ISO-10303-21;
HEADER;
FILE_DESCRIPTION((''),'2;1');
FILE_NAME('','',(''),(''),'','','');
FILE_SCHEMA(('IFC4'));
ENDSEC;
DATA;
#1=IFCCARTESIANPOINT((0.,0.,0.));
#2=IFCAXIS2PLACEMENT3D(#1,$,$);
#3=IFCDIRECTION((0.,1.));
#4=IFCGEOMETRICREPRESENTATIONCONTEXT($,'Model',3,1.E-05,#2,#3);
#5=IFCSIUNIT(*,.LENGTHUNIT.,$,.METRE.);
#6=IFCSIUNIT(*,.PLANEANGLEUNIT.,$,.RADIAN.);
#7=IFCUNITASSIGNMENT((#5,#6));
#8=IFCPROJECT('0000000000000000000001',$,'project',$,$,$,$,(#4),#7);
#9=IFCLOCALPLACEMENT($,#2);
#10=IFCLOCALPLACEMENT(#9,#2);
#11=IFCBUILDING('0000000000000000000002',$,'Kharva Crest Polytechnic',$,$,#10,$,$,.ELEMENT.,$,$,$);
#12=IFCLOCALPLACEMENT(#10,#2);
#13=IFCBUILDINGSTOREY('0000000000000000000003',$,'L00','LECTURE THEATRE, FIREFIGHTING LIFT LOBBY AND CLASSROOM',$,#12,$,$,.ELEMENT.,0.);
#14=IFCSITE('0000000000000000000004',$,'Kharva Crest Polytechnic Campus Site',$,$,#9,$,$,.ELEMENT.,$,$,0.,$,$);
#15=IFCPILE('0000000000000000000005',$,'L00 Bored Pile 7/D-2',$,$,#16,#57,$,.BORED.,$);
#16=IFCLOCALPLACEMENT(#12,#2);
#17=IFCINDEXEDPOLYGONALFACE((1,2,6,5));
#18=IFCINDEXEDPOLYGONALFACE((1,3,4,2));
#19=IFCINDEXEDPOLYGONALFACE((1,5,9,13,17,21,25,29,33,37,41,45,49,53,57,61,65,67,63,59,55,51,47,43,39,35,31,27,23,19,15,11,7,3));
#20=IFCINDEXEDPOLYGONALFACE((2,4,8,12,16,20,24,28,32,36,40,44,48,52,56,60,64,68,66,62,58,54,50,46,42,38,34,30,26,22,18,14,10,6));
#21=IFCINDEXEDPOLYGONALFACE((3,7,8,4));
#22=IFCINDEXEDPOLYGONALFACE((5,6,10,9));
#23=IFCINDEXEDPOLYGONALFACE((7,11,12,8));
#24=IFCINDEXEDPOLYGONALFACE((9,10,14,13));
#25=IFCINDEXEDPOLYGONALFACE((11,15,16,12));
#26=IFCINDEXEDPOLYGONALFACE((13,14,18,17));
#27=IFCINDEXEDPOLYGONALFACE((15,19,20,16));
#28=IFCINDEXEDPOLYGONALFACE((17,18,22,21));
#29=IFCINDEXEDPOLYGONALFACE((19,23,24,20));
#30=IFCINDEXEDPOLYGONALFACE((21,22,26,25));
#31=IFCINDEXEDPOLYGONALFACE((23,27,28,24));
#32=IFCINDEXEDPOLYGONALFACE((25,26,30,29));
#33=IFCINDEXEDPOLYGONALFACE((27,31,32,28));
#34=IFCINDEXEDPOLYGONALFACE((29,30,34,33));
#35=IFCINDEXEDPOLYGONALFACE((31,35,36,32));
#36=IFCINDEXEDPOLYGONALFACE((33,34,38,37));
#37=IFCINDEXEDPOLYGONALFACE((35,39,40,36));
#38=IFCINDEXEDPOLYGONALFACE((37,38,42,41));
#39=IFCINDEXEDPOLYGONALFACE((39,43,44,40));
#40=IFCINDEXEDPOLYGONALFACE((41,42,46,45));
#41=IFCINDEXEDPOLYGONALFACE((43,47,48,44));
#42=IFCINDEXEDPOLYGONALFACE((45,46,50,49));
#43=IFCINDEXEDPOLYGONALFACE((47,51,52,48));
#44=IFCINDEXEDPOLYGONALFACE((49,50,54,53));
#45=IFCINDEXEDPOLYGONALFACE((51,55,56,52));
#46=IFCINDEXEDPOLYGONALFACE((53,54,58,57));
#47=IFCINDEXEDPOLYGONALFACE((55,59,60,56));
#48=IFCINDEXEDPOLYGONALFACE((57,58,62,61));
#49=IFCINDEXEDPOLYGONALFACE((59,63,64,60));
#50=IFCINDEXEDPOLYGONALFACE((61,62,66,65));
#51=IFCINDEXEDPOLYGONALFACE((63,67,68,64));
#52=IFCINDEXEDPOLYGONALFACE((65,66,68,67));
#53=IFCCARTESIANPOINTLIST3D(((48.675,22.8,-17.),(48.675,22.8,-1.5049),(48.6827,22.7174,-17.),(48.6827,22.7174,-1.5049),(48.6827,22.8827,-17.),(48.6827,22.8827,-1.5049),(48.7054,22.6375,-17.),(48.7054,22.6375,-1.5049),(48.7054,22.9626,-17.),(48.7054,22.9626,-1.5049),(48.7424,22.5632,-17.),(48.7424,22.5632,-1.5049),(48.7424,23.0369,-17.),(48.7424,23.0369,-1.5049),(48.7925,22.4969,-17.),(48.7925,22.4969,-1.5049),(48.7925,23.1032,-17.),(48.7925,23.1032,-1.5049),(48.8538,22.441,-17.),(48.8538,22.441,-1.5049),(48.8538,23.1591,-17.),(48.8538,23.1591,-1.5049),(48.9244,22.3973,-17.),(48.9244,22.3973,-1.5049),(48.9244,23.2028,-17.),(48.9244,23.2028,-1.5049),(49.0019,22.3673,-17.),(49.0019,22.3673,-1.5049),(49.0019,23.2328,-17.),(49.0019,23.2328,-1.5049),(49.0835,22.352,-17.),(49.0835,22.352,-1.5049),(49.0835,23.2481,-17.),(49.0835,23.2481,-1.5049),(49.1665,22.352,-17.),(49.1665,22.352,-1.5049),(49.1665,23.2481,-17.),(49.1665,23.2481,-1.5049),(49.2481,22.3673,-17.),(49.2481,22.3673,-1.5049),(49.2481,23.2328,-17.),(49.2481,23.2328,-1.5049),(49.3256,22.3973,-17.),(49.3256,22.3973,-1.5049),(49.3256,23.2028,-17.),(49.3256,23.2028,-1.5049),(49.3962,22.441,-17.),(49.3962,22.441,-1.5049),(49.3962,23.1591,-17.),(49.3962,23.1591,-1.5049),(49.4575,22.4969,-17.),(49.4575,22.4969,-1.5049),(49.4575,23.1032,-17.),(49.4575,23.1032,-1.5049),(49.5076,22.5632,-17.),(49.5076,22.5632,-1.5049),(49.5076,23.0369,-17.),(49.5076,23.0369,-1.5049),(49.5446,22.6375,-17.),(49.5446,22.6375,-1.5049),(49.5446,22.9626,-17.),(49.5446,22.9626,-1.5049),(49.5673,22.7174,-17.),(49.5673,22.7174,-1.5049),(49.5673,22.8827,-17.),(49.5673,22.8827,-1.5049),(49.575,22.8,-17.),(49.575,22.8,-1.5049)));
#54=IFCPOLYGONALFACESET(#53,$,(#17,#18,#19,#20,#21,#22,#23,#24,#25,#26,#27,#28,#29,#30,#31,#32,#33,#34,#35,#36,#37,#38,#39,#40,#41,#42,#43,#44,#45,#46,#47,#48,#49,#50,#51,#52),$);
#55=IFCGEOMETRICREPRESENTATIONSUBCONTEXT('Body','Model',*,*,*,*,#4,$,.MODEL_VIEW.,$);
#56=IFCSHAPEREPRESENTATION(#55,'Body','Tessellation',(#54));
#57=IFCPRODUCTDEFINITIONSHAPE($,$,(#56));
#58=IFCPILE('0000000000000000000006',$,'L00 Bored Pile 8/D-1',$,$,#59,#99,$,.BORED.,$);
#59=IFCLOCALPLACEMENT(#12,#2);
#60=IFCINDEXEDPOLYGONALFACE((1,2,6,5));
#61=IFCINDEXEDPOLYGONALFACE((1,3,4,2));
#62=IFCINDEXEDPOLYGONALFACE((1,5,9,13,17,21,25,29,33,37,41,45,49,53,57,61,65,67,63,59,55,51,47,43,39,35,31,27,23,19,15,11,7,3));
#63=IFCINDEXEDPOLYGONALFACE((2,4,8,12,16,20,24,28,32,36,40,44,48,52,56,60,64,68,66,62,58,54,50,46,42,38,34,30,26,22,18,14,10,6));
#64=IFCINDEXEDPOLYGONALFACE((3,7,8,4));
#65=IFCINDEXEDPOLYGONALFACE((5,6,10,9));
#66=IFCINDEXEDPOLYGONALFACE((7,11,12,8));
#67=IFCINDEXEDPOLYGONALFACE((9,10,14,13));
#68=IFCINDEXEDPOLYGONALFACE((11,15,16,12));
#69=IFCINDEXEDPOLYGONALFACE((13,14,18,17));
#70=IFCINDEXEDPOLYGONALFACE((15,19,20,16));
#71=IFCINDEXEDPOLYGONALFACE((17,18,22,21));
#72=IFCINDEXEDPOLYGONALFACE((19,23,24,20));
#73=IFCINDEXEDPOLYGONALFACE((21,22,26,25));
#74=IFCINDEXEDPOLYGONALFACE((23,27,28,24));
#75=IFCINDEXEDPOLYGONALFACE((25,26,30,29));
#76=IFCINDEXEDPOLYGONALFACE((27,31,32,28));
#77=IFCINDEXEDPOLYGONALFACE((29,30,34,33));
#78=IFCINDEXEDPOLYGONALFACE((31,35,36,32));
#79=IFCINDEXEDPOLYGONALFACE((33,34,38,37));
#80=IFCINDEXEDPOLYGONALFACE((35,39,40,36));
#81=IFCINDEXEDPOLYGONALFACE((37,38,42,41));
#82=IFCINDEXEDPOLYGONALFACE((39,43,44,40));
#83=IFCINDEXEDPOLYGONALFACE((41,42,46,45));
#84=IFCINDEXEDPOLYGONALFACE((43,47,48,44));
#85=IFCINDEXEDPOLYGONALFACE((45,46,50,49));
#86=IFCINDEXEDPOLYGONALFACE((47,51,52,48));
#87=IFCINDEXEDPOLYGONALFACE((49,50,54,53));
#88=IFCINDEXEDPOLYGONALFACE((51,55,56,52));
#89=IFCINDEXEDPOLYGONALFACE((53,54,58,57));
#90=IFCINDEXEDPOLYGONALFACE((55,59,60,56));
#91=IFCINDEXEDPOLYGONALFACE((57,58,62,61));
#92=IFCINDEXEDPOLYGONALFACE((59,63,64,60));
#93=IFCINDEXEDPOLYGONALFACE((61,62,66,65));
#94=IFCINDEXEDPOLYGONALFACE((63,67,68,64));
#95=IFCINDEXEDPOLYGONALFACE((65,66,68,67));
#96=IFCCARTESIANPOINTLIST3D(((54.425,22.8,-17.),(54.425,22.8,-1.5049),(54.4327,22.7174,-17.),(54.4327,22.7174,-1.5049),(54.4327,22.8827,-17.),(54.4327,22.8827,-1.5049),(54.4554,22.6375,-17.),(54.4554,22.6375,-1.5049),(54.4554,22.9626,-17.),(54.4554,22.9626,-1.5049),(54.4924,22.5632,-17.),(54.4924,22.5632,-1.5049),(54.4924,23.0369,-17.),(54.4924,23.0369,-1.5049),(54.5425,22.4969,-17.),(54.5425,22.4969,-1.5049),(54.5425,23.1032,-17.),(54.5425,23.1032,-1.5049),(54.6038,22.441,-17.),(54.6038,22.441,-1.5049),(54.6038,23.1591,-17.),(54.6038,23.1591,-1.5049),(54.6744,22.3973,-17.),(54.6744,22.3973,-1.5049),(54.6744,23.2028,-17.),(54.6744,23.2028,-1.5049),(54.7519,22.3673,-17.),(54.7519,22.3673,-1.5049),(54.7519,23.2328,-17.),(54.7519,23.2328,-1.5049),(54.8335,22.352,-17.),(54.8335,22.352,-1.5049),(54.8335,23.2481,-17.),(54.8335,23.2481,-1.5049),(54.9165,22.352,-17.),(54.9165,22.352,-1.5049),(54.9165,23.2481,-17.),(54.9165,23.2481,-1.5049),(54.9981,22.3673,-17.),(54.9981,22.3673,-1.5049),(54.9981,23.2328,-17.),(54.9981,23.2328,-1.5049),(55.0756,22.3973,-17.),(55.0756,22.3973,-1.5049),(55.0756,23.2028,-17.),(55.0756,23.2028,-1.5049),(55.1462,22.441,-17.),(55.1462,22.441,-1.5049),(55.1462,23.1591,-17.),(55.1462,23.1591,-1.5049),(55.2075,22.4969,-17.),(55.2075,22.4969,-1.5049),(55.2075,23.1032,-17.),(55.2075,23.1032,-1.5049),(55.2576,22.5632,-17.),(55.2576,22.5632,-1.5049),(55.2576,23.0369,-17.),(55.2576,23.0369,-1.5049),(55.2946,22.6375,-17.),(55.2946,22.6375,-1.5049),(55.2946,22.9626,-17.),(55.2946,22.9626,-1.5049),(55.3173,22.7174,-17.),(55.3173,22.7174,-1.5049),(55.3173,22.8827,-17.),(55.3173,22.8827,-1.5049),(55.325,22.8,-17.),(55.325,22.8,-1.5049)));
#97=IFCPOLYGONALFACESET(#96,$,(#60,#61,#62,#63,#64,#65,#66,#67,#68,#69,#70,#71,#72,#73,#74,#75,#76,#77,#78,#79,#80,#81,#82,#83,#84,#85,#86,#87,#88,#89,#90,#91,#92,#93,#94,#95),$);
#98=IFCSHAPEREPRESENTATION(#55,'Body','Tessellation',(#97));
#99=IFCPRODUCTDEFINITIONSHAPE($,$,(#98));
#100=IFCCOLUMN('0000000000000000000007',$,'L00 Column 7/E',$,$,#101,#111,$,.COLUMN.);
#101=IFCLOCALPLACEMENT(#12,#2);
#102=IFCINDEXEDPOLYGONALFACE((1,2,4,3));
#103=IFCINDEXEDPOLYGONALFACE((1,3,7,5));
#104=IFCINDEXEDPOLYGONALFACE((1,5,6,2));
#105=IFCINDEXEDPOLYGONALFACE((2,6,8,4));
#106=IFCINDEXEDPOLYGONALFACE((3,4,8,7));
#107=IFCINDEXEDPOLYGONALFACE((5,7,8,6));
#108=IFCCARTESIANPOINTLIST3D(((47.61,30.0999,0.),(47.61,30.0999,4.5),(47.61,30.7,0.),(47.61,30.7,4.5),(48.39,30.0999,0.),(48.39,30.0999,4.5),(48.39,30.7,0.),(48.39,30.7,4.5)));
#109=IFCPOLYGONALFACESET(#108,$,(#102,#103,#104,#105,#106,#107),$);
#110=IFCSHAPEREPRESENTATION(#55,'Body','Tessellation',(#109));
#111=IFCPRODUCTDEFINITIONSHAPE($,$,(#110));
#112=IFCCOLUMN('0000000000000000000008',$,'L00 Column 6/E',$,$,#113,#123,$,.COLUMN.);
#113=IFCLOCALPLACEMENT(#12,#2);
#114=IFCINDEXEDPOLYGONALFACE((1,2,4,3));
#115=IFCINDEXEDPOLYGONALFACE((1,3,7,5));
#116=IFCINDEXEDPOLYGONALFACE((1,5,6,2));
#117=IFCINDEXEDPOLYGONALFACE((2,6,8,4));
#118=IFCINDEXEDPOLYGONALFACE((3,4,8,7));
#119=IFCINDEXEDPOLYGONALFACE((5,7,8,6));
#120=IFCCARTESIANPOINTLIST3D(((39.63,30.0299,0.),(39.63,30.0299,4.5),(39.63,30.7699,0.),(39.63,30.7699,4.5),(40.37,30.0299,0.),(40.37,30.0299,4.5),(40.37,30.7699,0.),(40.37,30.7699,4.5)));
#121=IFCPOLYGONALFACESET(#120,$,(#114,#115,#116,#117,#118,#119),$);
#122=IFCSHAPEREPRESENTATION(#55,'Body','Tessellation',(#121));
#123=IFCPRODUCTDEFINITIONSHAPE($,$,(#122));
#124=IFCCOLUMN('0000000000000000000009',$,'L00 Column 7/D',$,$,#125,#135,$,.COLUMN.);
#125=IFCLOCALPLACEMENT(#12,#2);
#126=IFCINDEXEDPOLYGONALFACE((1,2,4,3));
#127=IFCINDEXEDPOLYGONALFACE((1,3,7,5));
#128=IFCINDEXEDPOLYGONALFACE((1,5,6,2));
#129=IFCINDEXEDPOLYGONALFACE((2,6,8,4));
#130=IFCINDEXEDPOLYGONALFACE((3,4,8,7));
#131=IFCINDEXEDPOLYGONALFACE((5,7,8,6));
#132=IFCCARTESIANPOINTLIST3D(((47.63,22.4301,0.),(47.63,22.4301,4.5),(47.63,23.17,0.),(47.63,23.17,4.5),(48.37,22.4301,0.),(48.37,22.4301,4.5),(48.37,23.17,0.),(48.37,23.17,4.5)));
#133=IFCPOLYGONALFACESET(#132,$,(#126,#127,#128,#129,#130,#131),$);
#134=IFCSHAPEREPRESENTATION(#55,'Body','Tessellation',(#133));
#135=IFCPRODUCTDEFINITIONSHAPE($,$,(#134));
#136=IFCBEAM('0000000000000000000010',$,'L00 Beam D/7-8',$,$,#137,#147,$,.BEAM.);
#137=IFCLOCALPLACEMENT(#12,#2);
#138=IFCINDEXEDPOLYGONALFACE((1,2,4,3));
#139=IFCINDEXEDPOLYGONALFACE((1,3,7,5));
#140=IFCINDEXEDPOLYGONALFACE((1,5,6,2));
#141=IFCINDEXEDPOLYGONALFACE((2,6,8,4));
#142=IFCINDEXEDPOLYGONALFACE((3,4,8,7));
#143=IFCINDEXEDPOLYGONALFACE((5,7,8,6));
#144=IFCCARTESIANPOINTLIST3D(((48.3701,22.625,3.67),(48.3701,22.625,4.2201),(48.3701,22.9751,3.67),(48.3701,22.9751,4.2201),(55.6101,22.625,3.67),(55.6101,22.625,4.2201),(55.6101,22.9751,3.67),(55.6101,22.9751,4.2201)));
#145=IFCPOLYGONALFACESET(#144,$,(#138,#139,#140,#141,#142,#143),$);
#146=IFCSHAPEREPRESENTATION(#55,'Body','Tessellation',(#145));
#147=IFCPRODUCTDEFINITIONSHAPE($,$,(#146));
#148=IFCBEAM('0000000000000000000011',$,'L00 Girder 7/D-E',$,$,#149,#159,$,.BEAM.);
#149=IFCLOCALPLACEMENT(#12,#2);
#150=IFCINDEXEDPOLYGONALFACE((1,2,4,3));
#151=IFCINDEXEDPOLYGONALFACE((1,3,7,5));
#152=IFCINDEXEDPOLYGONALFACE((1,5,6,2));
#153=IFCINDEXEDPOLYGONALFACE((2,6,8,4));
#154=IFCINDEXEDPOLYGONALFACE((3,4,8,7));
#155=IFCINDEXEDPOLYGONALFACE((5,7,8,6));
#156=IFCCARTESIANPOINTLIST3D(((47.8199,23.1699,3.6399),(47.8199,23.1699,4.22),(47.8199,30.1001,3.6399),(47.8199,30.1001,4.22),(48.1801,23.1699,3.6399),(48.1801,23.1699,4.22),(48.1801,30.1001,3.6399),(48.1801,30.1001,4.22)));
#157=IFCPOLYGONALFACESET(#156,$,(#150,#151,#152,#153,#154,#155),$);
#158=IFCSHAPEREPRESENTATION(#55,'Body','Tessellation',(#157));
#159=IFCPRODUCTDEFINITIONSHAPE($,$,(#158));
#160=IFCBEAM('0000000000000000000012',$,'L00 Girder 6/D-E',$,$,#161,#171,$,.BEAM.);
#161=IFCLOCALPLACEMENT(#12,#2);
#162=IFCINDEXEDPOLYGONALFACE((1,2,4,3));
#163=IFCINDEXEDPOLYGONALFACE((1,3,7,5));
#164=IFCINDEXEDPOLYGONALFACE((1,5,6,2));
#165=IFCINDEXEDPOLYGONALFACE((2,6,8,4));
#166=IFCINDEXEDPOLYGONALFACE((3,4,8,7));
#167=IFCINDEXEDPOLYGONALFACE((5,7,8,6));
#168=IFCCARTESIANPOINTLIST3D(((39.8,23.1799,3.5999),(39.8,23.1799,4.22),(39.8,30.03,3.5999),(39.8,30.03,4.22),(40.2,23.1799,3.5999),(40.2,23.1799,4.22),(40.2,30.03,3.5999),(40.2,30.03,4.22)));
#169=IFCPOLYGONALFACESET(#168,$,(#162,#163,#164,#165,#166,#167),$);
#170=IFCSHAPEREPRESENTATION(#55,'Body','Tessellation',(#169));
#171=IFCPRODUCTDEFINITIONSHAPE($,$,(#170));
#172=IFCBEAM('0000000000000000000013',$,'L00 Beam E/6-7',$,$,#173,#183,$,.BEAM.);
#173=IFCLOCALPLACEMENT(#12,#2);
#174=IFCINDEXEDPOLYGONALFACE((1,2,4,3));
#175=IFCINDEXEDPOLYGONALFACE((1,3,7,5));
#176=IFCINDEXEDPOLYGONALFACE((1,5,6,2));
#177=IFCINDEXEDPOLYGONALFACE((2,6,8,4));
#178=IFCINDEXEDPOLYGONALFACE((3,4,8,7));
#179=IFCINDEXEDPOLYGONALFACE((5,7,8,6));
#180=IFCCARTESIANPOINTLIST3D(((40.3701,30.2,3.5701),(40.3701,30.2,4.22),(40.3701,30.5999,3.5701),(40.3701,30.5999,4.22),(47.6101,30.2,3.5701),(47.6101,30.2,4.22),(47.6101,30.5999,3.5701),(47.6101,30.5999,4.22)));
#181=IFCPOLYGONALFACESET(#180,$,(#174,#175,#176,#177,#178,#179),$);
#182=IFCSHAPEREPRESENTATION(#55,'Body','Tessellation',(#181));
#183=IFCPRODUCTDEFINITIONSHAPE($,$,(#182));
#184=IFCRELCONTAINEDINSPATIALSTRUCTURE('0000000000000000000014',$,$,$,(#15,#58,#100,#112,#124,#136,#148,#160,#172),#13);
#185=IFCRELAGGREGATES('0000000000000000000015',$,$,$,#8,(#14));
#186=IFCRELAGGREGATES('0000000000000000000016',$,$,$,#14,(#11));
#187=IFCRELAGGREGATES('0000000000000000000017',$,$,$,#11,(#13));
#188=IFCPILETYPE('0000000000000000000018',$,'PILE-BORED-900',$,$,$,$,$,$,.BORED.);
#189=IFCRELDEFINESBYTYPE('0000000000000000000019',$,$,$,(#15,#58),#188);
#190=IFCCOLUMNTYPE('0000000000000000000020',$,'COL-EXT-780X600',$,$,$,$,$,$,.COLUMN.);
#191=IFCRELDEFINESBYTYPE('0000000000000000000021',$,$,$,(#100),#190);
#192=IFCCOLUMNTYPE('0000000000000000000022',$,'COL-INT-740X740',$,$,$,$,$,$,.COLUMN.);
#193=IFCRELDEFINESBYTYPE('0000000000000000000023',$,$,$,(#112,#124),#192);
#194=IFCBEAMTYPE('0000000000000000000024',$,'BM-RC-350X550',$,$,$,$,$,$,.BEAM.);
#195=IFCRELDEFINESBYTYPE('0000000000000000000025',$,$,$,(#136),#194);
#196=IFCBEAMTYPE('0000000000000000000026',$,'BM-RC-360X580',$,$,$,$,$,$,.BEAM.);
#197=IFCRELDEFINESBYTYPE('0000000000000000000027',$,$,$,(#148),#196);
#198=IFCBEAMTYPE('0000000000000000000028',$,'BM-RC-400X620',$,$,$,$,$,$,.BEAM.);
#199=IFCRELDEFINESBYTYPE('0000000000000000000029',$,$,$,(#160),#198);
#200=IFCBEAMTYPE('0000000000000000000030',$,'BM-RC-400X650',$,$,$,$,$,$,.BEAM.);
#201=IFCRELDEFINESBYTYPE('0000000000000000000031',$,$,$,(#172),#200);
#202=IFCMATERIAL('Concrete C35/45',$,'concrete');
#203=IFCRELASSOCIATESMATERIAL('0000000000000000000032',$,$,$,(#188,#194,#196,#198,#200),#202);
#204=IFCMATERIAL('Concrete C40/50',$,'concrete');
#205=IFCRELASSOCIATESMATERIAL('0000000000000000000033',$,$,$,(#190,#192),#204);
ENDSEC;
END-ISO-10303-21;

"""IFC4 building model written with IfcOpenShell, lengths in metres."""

from ifc_helpers import new_model, si_unit, direction, frame, origin, origin_2d, place, context, subcontext, project, spatial, rectangle, circle, extrude, material, material_profile, profile_set, type_object, element, save


model = new_model("IFC4")

# Units and contexts
model_context = context("Model", 3, precision=1e-05, world=origin(), true_north=direction((0.0, 1.0)))
body_context = subcontext(model_context, "Body", "Model", "MODEL_VIEW")
ifc_project = project(units=[si_unit("LENGTHUNIT", "METRE"), si_unit("PLANEANGLEUNIT", "RADIAN")], contexts=[model_context])

# Site, building, storey
site_placement = place(None, origin())
site = spatial("IfcSite", under=ifc_project, at=site_placement, Name="Kharva Crest Polytechnic Campus Site", CompositionType="ELEMENT", RefElevation=0.0)
building_placement = place(site_placement, origin())
building = spatial("IfcBuilding", under=site, at=building_placement, Name="Kharva Crest Polytechnic", CompositionType="ELEMENT")
storey_placement = place(building_placement, origin())
storey = spatial("IfcBuildingStorey", under=building, at=storey_placement, Name="L00", Description="LECTURE THEATRE, FIREFIGHTING LIFT LOBBY AND CLASSROOM", CompositionType="ELEMENT", Elevation=0.0)

# Shared definitions
ifc_material_1 = material(Name="Concrete C35/45", Category="concrete")

# Piles
ifc_material_profile_1 = material_profile(ifc_material_1, circle(Radius=0.45, at=origin_2d()), Name="DIA 900")
ifc_profile_set_1 = profile_set([ifc_material_profile_1], Name="Concrete C35/45")
pile_type_1 = type_object("IfcPileType", Name="PILE-BORED-900", PredefinedType="BORED", material=ifc_profile_set_1)
for number, where, z_axis, x_axis, name in (
    (1, (49.125, 22.8, -1.5049), (0.0, 0.0, -1.0), (1.0, 0.0, 0.0), "L00 Bored Pile 7/D-2"),
    (2, (54.875, 22.8, -1.5049), (0.0, 0.0, -1.0), (1.0, 0.0, 0.0), "L00 Bored Pile 8/D-1"),
):
    element("IfcPile", number, at=place(storey_placement, frame(where, z_axis=z_axis, x_axis=x_axis)), inside=storey, type_object=pile_type_1, Name=name, PredefinedType="BORED", context=body_context, shape_type="SweptSolid", body=[
        extrude(circle(Radius=0.45, at=origin_2d()), origin(), (0.0, 0.0, 1.0), 15.4951),
    ])

# Columns
ifc_material_2 = material(Name="Concrete C40/50", Category="concrete")
ifc_material_profile_2 = material_profile(ifc_material_2, rectangle(XDim=0.78, YDim=0.6001, at=origin_2d()), Name="RECT 780 X 600")
ifc_profile_set_2 = profile_set([ifc_material_profile_2], Name="Concrete C40/50")
column_type_1 = type_object("IfcColumnType", Name="COL-EXT-780X600", PredefinedType="COLUMN", material=ifc_profile_set_2)
column_placement = place(storey_placement, frame((48.0, 30.3999, 0.0), z_axis=(0.0, 0.0, 1.0), x_axis=(1.0, 0.0, 0.0)))
element("IfcColumn", 3, at=column_placement, inside=storey, type_object=column_type_1, Name="L00 Column 7/E", PredefinedType="COLUMN", context=body_context, shape_type="SweptSolid", body=[
    extrude(rectangle(XDim=0.78, YDim=0.6001, at=origin_2d()), origin(), (0.0, 0.0, 1.0), 4.5),
])
ifc_material_profile_3 = material_profile(ifc_material_2, rectangle(XDim=0.74, YDim=0.74, at=origin_2d()), Name="RECT 740 X 740")
ifc_profile_set_3 = profile_set([ifc_material_profile_3], Name="Concrete C40/50")
column_type_2 = type_object("IfcColumnType", Name="COL-INT-740X740", PredefinedType="COLUMN", material=ifc_profile_set_3)
for number, where, z_axis, x_axis, name in (
    (4, (40.0, 30.3999, 0.0), (0.0, 0.0, 1.0), (1.0, 0.0, 0.0), "L00 Column 6/E"),
    (5, (48.0, 22.8, 0.0), (0.0, 0.0, 1.0), (1.0, 0.0, 0.0), "L00 Column 7/D"),
):
    element("IfcColumn", number, at=place(storey_placement, frame(where, z_axis=z_axis, x_axis=x_axis)), inside=storey, type_object=column_type_2, Name=name, PredefinedType="COLUMN", context=body_context, shape_type="SweptSolid", body=[
        extrude(rectangle(XDim=0.74, YDim=0.74, at=origin_2d()), origin(), (0.0, 0.0, 1.0), 4.5),
    ])

# Beams
ifc_material_profile_4 = material_profile(ifc_material_1, rectangle(XDim=0.3501, YDim=0.55, at=origin_2d()), Name="RECT 350 X 550")
ifc_profile_set_4 = profile_set([ifc_material_profile_4], Name="Concrete C35/45")
beam_type_1 = type_object("IfcBeamType", Name="BM-RC-350X550", PredefinedType="BEAM", material=ifc_profile_set_4)
beam_1_placement = place(storey_placement, frame((48.3701, 22.8, 3.9451), z_axis=(1.0, 0.0, 0.0), x_axis=(0.0, 1.0, 0.0)))
element("IfcBeam", 6, at=beam_1_placement, inside=storey, type_object=beam_type_1, Name="L00 Beam D/7-8", PredefinedType="BEAM", context=body_context, shape_type="SweptSolid", body=[
    extrude(rectangle(XDim=0.3501, YDim=0.55, at=origin_2d()), origin(), (0.0, 0.0, 1.0), 7.24),
])
ifc_material_profile_5 = material_profile(ifc_material_1, rectangle(XDim=0.3601, YDim=0.5801, at=origin_2d()), Name="RECT 360 X 580")
ifc_profile_set_5 = profile_set([ifc_material_profile_5], Name="Concrete C35/45")
beam_type_2 = type_object("IfcBeamType", Name="BM-RC-360X580", PredefinedType="BEAM", material=ifc_profile_set_5)
beam_2_placement = place(storey_placement, frame((48.0, 23.1699, 3.9299), z_axis=(0.0, 1.0, 0.0), x_axis=(-1.0, 0.0, 0.0)))
element("IfcBeam", 7, at=beam_2_placement, inside=storey, type_object=beam_type_2, Name="L00 Girder 7/D-E", PredefinedType="BEAM", context=body_context, shape_type="SweptSolid", body=[
    extrude(rectangle(XDim=0.3601, YDim=0.5801, at=origin_2d()), origin(), (0.0, 0.0, 1.0), 6.9302),
])
ifc_material_profile_6 = material_profile(ifc_material_1, rectangle(XDim=0.3999, YDim=0.6201, at=origin_2d()), Name="RECT 400 X 620")
ifc_profile_set_6 = profile_set([ifc_material_profile_6], Name="Concrete C35/45")
beam_type_3 = type_object("IfcBeamType", Name="BM-RC-400X620", PredefinedType="BEAM", material=ifc_profile_set_6)
beam_3_placement = place(storey_placement, frame((40.0, 23.1799, 3.9099), z_axis=(0.0, 1.0, 0.0), x_axis=(-1.0, 0.0, 0.0)))
element("IfcBeam", 8, at=beam_3_placement, inside=storey, type_object=beam_type_3, Name="L00 Girder 6/D-E", PredefinedType="BEAM", context=body_context, shape_type="SweptSolid", body=[
    extrude(rectangle(XDim=0.3999, YDim=0.6201, at=origin_2d()), origin(), (0.0, 0.0, 1.0), 6.8501),
])
ifc_material_profile_7 = material_profile(ifc_material_1, rectangle(XDim=0.3999, YDim=0.6499, at=origin_2d()), Name="RECT 400 X 650")
ifc_profile_set_7 = profile_set([ifc_material_profile_7], Name="Concrete C35/45")
beam_type_4 = type_object("IfcBeamType", Name="BM-RC-400X650", PredefinedType="BEAM", material=ifc_profile_set_7)
beam_4_placement = place(storey_placement, frame((40.3701, 30.3999, 3.895), z_axis=(1.0, 0.0, 0.0), x_axis=(0.0, 1.0, 0.0)))
element("IfcBeam", 9, at=beam_4_placement, inside=storey, type_object=beam_type_4, Name="L00 Beam E/6-7", PredefinedType="BEAM", context=body_context, shape_type="SweptSolid", body=[
    extrude(rectangle(XDim=0.3999, YDim=0.6499, at=origin_2d()), origin(), (0.0, 0.0, 1.0), 7.24),
])

save(model, "model.ifc")
